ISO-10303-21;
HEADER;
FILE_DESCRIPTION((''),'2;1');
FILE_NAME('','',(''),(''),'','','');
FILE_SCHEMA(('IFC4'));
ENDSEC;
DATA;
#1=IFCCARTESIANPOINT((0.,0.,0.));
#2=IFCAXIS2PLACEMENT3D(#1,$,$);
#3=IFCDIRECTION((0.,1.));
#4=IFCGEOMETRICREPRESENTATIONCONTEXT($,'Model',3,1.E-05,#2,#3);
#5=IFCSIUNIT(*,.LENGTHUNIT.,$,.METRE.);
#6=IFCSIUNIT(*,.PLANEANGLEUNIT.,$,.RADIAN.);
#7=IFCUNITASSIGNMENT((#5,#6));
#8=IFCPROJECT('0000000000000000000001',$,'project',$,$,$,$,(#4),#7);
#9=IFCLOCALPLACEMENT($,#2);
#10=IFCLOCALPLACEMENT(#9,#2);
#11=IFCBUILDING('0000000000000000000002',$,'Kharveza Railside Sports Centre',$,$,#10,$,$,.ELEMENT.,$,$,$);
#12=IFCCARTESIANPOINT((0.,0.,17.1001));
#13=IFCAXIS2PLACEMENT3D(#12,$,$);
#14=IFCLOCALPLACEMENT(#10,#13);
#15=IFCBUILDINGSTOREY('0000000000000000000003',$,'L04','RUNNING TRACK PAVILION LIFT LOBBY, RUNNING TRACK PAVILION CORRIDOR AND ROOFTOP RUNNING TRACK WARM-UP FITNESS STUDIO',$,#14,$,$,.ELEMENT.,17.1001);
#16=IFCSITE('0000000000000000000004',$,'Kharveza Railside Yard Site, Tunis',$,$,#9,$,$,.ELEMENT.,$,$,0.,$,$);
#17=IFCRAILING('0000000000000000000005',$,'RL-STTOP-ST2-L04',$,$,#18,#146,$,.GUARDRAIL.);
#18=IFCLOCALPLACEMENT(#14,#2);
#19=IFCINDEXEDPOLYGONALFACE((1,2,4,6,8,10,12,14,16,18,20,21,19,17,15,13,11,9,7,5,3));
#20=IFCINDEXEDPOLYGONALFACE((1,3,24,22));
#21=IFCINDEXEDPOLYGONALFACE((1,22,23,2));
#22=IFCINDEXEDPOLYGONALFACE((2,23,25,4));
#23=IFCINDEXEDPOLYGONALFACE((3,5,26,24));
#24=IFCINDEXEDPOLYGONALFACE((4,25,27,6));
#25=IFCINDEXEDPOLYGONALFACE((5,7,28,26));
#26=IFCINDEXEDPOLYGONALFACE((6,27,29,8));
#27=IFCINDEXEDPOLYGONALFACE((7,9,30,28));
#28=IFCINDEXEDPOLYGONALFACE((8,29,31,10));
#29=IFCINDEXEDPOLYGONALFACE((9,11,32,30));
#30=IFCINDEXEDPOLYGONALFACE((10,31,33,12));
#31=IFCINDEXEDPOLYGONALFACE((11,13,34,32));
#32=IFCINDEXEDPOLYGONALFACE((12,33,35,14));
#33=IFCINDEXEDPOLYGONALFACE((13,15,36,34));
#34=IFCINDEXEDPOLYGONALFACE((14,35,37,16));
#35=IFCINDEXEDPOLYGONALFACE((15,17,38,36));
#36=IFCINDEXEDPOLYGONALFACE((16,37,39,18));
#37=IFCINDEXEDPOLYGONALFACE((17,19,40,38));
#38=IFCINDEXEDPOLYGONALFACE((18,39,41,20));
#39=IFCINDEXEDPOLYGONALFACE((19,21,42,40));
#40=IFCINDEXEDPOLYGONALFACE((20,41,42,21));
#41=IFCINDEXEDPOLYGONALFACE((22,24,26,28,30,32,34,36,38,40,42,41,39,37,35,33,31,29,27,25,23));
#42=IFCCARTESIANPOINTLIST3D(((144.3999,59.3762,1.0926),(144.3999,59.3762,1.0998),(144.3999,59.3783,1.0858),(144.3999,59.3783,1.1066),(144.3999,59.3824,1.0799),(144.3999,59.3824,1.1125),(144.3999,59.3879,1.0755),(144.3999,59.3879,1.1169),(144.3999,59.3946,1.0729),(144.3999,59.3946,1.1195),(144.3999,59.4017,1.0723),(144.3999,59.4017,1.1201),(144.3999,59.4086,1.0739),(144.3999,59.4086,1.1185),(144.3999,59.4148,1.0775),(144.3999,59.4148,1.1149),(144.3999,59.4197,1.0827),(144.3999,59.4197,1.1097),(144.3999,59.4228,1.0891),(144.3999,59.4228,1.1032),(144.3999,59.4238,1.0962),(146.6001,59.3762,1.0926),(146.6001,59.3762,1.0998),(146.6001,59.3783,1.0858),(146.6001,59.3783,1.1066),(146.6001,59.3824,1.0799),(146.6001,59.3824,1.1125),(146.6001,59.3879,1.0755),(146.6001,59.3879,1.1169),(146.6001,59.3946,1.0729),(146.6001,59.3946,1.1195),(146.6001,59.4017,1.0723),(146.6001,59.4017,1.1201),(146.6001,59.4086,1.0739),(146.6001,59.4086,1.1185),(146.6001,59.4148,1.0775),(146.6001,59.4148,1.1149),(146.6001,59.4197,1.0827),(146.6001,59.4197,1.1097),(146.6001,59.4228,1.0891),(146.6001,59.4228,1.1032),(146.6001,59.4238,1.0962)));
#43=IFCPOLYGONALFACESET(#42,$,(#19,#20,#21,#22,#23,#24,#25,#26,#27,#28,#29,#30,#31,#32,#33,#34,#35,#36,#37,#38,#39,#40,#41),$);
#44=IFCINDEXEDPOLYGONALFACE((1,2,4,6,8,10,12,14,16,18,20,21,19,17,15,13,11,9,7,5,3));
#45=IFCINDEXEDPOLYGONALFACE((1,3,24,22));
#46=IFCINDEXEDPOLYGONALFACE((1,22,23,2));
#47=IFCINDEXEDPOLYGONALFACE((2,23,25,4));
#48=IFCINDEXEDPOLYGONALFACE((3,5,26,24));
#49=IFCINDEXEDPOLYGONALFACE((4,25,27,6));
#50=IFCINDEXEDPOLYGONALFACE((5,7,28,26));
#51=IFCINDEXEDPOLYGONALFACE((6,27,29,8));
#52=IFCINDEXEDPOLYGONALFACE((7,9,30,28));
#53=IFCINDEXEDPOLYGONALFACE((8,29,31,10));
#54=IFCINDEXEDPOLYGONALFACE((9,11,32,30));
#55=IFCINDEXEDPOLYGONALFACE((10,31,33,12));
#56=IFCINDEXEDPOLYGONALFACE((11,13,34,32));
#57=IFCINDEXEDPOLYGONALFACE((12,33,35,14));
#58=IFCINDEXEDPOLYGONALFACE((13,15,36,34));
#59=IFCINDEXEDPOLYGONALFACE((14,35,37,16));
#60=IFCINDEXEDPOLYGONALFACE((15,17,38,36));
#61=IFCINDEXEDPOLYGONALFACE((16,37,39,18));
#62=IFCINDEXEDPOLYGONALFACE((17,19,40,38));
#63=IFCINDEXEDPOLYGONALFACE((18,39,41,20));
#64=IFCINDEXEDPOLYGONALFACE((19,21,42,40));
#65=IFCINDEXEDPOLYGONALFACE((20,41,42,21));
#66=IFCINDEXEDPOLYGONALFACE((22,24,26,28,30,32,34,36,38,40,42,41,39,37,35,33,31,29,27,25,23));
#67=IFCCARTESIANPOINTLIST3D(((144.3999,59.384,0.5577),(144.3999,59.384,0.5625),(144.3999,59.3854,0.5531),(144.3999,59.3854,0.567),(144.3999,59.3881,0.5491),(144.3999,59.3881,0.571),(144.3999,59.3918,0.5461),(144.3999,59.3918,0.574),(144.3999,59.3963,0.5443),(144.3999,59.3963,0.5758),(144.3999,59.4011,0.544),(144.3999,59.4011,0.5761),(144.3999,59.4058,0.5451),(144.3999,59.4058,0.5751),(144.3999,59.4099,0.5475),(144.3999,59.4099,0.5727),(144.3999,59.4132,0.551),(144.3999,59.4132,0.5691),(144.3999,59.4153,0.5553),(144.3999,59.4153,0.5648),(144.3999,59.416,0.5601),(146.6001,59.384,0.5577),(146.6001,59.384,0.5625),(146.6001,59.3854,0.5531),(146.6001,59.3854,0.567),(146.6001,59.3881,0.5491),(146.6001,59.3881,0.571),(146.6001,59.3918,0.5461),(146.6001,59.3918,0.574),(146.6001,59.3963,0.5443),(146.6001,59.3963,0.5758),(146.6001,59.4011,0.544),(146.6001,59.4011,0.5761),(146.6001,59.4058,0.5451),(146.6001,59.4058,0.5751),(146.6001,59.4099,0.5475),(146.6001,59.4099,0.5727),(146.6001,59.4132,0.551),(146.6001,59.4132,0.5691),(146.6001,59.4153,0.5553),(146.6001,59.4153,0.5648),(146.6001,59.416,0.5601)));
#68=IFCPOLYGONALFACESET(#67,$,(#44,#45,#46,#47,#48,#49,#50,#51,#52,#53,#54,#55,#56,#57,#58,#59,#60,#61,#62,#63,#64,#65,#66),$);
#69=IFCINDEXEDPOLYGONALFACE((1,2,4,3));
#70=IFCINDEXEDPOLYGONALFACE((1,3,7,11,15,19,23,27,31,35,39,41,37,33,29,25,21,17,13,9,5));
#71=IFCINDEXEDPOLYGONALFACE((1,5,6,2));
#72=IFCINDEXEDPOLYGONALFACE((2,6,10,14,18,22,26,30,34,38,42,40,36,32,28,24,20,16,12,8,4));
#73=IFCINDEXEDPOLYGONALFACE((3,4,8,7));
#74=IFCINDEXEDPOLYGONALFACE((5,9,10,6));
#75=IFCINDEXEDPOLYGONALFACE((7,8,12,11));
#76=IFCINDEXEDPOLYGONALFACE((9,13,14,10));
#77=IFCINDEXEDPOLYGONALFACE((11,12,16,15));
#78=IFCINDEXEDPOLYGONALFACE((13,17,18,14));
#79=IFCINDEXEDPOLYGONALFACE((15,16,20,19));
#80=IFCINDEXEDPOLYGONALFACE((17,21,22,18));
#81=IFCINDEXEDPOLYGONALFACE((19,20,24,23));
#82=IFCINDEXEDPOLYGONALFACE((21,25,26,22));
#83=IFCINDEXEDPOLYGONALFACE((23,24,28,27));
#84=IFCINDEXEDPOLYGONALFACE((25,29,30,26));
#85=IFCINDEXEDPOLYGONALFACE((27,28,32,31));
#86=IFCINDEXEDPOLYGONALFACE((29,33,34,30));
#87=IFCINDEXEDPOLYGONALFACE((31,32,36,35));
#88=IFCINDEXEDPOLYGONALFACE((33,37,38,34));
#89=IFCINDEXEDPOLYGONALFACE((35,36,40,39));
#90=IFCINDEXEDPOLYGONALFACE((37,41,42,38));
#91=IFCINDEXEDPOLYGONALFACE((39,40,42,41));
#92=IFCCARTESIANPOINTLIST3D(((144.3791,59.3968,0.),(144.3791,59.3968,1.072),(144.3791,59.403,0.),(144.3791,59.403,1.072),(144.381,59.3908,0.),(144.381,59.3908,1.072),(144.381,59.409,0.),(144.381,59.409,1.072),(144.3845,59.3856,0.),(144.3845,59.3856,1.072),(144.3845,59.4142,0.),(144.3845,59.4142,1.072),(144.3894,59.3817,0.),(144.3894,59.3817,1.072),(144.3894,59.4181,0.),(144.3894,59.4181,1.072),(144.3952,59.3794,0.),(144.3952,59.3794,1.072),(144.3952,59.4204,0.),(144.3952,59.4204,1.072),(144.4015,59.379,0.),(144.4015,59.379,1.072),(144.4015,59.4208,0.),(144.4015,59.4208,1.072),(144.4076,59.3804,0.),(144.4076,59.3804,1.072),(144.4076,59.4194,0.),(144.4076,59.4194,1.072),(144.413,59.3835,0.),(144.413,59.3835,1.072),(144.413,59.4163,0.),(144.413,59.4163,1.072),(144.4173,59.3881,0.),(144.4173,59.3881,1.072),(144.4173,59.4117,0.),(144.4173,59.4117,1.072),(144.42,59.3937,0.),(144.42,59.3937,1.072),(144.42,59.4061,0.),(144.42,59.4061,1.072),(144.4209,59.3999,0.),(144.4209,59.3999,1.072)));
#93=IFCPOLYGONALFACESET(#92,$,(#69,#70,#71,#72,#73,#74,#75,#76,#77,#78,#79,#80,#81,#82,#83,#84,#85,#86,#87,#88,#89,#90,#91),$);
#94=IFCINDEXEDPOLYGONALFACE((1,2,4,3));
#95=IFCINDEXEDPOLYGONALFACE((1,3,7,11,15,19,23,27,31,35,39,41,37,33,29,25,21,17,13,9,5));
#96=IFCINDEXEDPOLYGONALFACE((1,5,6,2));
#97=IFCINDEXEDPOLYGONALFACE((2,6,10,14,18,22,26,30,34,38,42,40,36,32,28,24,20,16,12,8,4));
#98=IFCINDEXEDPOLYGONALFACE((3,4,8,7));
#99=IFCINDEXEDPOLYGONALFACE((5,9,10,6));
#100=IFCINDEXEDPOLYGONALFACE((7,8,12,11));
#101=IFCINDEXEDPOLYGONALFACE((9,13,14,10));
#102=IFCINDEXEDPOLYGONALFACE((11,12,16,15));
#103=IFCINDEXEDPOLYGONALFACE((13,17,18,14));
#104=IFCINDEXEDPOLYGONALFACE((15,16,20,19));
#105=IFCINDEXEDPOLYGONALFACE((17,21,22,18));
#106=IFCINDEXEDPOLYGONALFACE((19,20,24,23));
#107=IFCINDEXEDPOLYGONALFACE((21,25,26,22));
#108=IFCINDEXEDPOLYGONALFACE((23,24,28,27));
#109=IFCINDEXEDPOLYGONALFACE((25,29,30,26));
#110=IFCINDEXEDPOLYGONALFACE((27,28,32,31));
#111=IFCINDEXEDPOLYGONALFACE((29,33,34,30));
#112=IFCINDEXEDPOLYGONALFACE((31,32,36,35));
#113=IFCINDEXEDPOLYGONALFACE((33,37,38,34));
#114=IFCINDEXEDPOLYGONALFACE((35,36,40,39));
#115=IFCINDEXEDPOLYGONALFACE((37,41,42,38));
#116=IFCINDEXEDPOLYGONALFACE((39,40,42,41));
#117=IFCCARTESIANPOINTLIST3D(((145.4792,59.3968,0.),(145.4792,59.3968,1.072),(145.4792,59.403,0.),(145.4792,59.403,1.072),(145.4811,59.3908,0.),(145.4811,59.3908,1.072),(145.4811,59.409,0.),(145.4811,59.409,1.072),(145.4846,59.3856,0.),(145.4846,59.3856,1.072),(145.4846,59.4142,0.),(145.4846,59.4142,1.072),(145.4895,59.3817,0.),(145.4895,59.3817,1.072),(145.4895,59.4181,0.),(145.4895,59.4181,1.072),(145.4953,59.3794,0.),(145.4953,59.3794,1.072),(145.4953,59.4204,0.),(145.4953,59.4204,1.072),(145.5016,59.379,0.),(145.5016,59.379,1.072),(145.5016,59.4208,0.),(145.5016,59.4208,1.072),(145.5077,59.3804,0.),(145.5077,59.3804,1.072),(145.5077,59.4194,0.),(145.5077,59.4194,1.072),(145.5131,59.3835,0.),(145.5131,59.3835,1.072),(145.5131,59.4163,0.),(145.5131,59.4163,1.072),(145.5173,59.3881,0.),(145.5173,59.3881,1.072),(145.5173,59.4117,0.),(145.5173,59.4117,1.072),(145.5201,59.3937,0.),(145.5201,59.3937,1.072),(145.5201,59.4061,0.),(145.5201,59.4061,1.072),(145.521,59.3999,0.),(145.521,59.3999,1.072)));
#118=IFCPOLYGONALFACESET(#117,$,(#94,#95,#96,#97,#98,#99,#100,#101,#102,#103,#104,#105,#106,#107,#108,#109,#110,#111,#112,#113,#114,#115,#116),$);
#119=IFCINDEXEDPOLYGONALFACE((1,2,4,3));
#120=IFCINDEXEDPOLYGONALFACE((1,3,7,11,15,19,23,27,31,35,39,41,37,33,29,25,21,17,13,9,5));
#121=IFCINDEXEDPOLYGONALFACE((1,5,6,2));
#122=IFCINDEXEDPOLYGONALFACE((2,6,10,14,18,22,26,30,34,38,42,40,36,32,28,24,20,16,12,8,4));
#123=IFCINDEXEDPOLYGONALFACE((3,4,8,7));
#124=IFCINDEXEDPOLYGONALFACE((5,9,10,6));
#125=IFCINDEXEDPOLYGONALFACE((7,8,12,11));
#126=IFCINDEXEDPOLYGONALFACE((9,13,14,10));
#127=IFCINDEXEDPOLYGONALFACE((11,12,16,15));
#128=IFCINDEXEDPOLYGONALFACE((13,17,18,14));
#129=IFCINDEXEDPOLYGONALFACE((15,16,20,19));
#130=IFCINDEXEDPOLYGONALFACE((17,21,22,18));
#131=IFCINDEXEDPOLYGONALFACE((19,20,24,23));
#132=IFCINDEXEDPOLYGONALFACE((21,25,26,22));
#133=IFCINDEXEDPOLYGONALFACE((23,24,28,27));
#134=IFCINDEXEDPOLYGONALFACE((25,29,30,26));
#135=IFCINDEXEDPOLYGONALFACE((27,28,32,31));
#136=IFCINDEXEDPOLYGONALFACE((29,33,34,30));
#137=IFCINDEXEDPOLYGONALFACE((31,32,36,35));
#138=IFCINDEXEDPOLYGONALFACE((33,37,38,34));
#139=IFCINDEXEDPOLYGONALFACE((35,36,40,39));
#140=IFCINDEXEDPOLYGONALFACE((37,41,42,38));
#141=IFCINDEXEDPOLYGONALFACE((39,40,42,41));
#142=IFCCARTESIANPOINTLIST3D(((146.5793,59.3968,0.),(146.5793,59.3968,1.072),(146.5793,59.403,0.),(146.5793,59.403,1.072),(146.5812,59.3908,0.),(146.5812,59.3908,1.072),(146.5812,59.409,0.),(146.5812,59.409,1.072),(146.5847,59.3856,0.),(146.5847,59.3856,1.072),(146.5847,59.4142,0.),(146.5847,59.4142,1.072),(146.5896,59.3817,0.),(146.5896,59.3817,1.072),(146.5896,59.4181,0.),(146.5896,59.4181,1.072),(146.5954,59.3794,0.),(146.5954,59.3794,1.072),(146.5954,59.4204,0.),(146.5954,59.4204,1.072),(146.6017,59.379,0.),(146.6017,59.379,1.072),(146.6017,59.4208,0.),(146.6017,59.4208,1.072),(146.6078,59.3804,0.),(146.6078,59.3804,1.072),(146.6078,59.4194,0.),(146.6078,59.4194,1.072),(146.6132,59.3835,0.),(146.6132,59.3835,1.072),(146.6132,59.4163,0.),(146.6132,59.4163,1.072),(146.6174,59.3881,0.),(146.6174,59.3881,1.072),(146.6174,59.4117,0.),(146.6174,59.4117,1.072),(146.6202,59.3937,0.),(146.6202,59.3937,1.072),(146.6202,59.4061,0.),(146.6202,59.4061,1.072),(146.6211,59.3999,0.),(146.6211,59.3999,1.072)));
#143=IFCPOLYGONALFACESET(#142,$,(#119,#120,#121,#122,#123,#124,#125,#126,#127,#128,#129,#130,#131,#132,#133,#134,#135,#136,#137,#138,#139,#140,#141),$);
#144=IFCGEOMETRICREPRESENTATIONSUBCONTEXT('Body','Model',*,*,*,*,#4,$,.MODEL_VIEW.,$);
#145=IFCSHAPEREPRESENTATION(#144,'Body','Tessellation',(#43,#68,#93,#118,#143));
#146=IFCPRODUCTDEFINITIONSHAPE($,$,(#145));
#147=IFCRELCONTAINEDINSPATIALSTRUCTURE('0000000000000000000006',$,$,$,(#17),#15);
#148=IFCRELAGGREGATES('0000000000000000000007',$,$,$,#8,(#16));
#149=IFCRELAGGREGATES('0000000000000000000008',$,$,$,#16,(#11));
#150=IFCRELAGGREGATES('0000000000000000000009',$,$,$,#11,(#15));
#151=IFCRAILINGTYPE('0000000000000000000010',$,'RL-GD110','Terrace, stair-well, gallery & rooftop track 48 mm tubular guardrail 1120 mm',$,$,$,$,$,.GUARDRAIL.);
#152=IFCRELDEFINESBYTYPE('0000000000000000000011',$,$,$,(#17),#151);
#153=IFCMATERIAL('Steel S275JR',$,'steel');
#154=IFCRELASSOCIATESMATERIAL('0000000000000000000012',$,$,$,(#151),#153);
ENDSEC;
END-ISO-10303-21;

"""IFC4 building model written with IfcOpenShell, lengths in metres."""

from ifc_helpers import new_model, si_unit, direction, frame, origin, origin_2d, place, context, subcontext, project, spatial, circle, extrude, material, type_object, element, save


model = new_model("IFC4")

# Units and contexts
model_context = context("Model", 3, precision=1e-05, world=origin(), true_north=direction((0.0, 1.0)))
body_context = subcontext(model_context, "Body", "Model", "MODEL_VIEW")
ifc_project = project(units=[si_unit("LENGTHUNIT", "METRE"), si_unit("PLANEANGLEUNIT", "RADIAN")], contexts=[model_context])

# Site, building, storey
site_placement = place(None, origin())
site = spatial("IfcSite", under=ifc_project, at=site_placement, Name="Kharveza Railside Yard Site, Tunis", CompositionType="ELEMENT", RefElevation=0.0)
building_placement = place(site_placement, origin())
building = spatial("IfcBuilding", under=site, at=building_placement, Name="Kharveza Railside Sports Centre", CompositionType="ELEMENT")
storey_placement = place(building_placement, frame((0.0, 0.0, 17.1001)))
storey = spatial("IfcBuildingStorey", under=building, at=storey_placement, Name="L04", Description="RUNNING TRACK PAVILION LIFT LOBBY, RUNNING TRACK PAVILION CORRIDOR AND ROOFTOP RUNNING TRACK WARM-UP FITNESS STUDIO", CompositionType="ELEMENT", Elevation=17.1001)

# Railing
ifc_material_1 = material(Name="Steel S275JR", Category="steel")
railing_type = type_object("IfcRailingType", Name="RL-GD110", Description="Terrace, stair-well, gallery & rooftop track 48 mm tubular guardrail 1120 mm", PredefinedType="GUARDRAIL", material=ifc_material_1)
railing_placement = place(storey_placement, frame((144.3999, 59.3999, 0.0)))
element("IfcRailing", 1, at=railing_placement, inside=storey, type_object=railing_type, Name="RL-STTOP-ST2-L04", PredefinedType="GUARDRAIL", context=body_context, shape_type="SweptSolid", body=[
    extrude(circle(Radius=0.0239, at=origin_2d()), frame((0.0, 0.0, 1.0962), z_axis=(1.0, 0.0, 0.0), x_axis=(0.0, 1.0, 0.0)), (0.0, 0.0, 1.0), 2.2002),
    extrude(circle(Radius=0.0161, at=origin_2d()), frame((0.0, 0.0, 0.5601), z_axis=(1.0, 0.0, 0.0), x_axis=(0.0, 1.0, 0.0)), (0.0, 0.0, 1.0), 2.2002),
    extrude(circle(Radius=0.021, at=origin_2d()), origin(), (0.0, 0.0, 1.0), 1.072),
    extrude(circle(Radius=0.021, at=origin_2d()), frame((1.1001, 0.0, 0.0)), (0.0, 0.0, 1.0), 1.072),
    extrude(circle(Radius=0.021, at=origin_2d()), frame((2.2002, 0.0, 0.0)), (0.0, 0.0, 1.0), 1.072),
])

save(model, "model.ifc")
